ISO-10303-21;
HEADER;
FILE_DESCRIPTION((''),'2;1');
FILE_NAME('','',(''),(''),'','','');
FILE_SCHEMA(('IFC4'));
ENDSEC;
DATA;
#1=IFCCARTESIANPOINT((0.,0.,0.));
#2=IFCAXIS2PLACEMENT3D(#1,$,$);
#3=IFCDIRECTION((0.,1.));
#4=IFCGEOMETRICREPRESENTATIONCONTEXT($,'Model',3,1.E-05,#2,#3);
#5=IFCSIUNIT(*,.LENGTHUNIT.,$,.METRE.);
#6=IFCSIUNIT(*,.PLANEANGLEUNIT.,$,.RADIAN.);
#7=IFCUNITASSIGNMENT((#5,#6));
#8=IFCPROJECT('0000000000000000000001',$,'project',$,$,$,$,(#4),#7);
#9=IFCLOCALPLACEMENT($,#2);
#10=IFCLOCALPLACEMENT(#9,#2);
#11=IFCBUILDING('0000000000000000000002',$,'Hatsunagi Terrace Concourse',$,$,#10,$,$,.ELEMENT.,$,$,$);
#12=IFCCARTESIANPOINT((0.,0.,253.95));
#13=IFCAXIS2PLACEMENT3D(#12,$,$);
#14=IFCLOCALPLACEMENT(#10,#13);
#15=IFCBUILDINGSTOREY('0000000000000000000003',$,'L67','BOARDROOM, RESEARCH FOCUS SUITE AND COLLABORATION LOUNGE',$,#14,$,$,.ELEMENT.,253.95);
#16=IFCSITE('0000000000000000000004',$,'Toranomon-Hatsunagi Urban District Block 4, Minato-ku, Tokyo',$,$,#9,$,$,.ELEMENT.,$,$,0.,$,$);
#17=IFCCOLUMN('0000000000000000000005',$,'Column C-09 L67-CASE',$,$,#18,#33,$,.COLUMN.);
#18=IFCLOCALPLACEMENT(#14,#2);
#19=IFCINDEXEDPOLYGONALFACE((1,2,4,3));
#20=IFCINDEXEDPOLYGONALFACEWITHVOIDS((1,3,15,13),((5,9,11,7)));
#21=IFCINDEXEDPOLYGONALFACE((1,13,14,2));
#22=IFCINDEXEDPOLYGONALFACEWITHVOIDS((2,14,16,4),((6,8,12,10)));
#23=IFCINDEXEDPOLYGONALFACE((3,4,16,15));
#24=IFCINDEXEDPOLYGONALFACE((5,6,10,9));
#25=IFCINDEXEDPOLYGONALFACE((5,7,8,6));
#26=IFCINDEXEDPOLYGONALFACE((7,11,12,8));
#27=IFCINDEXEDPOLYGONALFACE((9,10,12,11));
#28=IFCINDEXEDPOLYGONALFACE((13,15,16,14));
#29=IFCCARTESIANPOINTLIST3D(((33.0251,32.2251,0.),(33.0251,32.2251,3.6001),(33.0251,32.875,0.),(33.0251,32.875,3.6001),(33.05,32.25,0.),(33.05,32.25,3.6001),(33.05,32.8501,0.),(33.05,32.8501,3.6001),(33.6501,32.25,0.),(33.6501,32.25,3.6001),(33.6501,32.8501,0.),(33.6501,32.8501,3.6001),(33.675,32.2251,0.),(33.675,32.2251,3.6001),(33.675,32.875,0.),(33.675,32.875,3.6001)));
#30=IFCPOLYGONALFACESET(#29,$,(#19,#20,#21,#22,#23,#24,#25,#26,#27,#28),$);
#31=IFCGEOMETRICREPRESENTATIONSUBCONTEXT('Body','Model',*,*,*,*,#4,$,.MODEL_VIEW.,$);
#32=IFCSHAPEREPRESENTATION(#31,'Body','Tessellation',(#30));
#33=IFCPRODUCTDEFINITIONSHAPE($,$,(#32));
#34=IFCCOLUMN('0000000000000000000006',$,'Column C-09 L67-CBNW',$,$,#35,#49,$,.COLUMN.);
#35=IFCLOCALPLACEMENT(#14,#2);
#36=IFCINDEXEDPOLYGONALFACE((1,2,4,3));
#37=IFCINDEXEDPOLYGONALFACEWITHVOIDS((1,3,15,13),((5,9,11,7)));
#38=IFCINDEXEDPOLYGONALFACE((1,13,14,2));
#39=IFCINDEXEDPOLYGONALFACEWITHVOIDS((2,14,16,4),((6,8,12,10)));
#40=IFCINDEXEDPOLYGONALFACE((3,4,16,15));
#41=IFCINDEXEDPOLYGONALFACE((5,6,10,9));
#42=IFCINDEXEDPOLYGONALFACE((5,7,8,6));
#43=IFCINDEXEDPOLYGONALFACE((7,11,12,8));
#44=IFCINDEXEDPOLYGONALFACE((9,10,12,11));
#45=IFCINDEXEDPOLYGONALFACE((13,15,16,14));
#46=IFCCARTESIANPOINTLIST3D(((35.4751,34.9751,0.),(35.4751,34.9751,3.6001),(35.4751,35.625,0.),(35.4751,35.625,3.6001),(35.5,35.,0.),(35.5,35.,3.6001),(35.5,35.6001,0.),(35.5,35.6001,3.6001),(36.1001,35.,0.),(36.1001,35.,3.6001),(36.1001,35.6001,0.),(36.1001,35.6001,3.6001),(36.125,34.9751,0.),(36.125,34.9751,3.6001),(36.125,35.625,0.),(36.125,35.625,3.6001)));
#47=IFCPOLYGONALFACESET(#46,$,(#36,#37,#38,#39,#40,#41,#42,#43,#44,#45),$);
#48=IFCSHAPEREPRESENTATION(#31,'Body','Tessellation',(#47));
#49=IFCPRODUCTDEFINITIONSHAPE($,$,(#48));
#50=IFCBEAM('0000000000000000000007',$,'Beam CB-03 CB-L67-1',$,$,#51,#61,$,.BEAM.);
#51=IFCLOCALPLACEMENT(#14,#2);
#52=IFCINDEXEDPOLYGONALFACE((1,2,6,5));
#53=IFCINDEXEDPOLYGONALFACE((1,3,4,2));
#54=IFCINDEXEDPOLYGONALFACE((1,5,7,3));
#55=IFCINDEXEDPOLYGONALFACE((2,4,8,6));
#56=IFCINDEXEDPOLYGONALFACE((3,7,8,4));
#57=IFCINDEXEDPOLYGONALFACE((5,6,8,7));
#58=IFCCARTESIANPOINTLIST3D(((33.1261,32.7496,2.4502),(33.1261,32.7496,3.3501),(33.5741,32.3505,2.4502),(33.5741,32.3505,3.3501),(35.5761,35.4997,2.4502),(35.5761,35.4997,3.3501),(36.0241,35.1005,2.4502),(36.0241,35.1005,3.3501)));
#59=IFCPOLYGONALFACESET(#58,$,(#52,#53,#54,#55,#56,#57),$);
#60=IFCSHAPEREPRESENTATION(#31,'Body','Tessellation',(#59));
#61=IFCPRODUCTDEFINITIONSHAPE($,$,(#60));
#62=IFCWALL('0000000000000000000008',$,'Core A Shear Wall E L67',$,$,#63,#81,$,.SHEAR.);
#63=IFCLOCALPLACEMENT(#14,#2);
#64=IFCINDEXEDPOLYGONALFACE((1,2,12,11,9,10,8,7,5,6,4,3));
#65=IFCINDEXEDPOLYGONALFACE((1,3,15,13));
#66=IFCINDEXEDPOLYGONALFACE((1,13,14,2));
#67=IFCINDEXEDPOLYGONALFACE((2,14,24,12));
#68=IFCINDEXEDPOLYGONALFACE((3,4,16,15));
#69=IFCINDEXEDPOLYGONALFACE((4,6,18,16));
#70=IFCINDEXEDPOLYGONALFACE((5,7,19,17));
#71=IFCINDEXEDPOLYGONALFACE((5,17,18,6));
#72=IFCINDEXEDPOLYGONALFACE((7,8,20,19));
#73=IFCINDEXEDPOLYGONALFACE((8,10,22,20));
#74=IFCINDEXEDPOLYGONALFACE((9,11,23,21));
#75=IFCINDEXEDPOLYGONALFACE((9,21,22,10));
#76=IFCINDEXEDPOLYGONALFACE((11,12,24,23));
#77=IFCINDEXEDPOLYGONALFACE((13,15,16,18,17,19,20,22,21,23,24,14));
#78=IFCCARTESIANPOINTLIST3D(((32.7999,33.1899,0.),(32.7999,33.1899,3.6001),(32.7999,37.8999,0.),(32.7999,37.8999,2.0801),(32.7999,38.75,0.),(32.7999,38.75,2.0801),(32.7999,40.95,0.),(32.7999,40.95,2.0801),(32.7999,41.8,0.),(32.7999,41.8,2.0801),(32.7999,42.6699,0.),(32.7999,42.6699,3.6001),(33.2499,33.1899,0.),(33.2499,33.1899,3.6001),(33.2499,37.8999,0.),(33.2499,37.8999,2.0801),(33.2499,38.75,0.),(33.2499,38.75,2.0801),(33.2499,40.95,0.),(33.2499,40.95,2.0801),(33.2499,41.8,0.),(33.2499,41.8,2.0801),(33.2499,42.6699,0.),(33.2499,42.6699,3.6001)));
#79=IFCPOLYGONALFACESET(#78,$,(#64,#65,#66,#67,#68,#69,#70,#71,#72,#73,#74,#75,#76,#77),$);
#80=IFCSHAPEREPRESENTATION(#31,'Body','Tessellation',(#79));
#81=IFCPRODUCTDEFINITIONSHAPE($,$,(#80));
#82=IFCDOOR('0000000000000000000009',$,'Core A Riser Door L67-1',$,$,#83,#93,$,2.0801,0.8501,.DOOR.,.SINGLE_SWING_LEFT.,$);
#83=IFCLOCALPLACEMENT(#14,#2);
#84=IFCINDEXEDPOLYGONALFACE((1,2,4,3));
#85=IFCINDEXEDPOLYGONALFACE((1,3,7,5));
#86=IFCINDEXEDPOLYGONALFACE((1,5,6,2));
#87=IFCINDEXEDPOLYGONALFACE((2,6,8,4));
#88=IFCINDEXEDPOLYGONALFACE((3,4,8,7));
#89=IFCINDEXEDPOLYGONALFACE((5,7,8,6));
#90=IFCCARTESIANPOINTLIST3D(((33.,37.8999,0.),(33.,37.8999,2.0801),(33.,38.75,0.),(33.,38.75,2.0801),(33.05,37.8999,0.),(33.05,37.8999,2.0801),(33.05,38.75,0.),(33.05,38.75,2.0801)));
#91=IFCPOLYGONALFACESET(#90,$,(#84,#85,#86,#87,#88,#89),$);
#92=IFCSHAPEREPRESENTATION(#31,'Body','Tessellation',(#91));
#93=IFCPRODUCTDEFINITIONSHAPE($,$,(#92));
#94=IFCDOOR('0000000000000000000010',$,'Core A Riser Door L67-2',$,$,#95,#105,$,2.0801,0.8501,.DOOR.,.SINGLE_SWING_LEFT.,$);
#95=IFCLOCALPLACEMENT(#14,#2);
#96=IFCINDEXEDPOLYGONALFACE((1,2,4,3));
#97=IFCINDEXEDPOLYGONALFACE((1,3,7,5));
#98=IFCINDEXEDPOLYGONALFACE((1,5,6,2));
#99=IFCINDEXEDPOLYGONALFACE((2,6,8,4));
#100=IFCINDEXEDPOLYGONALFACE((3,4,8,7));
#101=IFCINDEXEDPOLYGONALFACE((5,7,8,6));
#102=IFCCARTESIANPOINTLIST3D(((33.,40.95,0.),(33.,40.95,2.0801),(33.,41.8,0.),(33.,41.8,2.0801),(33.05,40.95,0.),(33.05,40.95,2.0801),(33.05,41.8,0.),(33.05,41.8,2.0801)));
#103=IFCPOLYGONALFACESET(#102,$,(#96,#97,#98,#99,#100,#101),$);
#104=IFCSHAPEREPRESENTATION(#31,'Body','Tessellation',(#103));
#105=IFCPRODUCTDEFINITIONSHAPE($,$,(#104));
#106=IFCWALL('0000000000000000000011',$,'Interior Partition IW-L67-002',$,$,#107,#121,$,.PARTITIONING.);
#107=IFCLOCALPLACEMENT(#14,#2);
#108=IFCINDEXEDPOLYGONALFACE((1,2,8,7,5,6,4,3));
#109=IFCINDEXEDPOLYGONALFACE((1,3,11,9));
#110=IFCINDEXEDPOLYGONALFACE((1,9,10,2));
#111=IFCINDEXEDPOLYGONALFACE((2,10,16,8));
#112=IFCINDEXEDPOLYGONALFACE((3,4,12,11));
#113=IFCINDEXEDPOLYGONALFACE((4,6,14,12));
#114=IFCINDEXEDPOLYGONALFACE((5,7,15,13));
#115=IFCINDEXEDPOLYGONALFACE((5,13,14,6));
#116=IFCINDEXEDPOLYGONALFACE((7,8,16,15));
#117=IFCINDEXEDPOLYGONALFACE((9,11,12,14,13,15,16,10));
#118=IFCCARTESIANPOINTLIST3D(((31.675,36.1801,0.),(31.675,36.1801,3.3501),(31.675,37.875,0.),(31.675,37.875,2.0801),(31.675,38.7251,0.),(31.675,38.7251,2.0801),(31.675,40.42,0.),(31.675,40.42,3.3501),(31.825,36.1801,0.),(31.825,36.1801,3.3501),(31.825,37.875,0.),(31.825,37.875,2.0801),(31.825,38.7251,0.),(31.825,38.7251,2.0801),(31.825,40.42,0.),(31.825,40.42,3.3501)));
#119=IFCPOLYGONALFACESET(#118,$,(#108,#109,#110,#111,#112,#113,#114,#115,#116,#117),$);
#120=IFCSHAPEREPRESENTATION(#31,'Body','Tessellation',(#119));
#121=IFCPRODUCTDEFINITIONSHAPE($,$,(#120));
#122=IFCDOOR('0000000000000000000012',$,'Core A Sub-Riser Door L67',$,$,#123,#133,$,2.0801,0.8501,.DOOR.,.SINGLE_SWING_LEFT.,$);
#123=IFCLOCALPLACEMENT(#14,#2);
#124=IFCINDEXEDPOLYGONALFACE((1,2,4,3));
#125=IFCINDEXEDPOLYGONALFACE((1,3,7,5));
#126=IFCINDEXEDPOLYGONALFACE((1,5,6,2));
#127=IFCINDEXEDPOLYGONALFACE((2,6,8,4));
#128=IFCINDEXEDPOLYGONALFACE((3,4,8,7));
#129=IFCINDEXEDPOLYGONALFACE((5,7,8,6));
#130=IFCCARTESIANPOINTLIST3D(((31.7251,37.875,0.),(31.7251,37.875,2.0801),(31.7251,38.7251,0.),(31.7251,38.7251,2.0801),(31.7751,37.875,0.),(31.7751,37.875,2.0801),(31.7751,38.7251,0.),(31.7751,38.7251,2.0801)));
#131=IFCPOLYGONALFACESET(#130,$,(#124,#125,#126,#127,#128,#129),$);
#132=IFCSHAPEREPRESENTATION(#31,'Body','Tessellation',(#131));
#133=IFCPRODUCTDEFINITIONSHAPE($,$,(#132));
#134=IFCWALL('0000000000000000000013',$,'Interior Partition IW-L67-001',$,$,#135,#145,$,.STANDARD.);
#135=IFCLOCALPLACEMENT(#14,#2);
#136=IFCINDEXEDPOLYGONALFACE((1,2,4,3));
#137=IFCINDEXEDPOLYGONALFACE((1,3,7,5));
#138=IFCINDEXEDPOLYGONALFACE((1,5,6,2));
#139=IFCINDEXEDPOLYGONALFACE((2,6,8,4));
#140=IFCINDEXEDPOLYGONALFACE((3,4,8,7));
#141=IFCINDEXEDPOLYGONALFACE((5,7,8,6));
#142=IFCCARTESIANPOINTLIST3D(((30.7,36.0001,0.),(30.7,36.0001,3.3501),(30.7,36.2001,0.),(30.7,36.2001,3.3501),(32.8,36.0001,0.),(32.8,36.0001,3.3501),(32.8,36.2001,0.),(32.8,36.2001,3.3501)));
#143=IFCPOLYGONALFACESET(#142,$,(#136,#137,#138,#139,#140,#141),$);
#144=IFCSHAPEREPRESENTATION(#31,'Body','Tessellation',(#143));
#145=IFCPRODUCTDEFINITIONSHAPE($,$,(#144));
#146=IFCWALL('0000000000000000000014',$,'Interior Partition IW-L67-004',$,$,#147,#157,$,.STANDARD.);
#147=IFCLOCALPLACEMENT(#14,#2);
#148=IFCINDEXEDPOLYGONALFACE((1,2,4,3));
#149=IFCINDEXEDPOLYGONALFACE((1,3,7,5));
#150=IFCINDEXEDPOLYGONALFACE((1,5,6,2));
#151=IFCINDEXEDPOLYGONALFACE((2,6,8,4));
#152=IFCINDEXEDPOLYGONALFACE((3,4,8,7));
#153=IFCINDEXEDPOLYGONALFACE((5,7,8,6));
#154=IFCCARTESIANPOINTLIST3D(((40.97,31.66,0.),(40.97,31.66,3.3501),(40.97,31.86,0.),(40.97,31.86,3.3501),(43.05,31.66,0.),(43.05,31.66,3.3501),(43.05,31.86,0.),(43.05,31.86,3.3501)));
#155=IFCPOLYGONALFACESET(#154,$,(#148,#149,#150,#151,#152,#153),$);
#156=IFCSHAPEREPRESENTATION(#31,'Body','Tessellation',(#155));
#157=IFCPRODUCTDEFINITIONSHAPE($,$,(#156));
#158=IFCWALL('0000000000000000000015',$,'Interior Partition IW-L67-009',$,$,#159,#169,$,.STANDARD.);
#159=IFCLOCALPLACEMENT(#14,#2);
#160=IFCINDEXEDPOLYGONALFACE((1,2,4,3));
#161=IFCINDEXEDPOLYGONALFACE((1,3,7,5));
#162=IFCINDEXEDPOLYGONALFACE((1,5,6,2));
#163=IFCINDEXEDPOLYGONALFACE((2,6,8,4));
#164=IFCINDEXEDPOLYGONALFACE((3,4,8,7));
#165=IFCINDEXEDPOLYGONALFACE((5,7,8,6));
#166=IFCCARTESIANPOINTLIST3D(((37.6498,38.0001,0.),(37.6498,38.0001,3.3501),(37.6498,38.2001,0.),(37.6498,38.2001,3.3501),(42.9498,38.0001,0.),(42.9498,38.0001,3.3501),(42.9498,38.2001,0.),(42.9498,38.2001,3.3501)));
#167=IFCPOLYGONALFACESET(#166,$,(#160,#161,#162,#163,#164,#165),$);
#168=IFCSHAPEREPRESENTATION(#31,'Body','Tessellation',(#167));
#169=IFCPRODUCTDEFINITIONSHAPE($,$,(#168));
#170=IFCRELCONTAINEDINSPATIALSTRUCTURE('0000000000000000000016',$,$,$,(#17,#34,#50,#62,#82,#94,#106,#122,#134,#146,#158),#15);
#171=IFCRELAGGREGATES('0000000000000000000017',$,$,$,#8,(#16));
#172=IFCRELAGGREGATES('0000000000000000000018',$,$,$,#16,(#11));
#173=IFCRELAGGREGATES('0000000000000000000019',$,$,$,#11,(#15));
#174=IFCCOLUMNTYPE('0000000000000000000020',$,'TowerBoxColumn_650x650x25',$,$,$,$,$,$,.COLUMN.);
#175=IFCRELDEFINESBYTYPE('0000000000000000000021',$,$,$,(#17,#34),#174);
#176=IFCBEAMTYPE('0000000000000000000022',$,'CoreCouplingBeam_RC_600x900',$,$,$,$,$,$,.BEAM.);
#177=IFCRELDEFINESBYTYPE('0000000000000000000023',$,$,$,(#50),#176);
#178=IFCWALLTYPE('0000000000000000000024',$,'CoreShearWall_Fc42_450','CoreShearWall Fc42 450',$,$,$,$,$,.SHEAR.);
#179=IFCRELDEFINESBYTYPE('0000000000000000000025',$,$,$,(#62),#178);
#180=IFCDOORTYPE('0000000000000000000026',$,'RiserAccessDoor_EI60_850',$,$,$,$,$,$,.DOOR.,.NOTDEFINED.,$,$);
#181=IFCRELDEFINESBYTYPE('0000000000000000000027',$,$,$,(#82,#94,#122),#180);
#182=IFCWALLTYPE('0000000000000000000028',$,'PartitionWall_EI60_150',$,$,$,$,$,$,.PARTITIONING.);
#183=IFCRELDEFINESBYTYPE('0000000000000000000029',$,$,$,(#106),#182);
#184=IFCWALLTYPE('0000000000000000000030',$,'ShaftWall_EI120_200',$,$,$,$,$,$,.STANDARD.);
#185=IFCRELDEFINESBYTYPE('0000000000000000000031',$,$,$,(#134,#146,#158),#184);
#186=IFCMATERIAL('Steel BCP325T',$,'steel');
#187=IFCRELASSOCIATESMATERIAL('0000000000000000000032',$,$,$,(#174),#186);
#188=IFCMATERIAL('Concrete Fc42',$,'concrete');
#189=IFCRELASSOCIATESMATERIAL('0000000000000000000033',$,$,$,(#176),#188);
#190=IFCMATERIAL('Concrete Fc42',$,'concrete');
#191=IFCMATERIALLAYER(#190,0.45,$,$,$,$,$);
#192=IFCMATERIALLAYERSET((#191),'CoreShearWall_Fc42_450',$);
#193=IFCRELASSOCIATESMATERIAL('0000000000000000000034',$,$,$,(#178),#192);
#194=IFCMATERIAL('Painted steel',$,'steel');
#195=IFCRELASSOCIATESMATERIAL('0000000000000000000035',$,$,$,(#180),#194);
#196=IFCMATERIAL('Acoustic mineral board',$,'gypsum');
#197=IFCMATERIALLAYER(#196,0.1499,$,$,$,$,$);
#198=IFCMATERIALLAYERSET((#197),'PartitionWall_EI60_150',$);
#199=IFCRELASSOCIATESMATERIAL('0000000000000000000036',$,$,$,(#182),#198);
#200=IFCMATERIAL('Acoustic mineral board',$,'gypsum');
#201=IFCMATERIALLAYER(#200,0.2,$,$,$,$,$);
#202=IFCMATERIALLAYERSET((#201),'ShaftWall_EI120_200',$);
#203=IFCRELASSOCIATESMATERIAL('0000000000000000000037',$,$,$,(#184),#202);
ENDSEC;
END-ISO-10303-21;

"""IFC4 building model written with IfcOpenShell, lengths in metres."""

from ifc_helpers import new_model, si_unit, direction, frame, frame_2d, origin, origin_2d, place, context, subcontext, project, spatial, rectangle, hollow_rectangle, extrude, material, layer, layer_set, material_profile, profile_set, type_object, element, fill, save


model = new_model("IFC4")

# Units and contexts
model_context = context("Model", 3, precision=1e-05, world=origin(), true_north=direction((0.0, 1.0)))
body_context = subcontext(model_context, "Body", "Model", "MODEL_VIEW")
ifc_project = project(units=[si_unit("LENGTHUNIT", "METRE"), si_unit("PLANEANGLEUNIT", "RADIAN")], contexts=[model_context])

# Site, building, storey
site_placement = place(None, origin())
site = spatial("IfcSite", under=ifc_project, at=site_placement, Name="Toranomon-Hatsunagi Urban District Block 4, Minato-ku, Tokyo", CompositionType="ELEMENT", RefElevation=0.0)
building_placement = place(site_placement, origin())
building = spatial("IfcBuilding", under=site, at=building_placement, Name="Hatsunagi Terrace Concourse", CompositionType="ELEMENT")
storey_placement = place(building_placement, frame((0.0, 0.0, 253.95)))
storey = spatial("IfcBuildingStorey", under=building, at=storey_placement, Name="L67", Description="BOARDROOM, RESEARCH FOCUS SUITE AND COLLABORATION LOUNGE", CompositionType="ELEMENT", Elevation=253.95)

# Columns
ifc_material_1 = material(Name="Steel BCP325T", Category="steel")
ifc_material_profile_1 = material_profile(ifc_material_1, hollow_rectangle(XDim=0.6499, YDim=0.6499, WallThickness=0.0249, at=origin_2d()), Name="BCP-650x650x25")
ifc_profile_set_1 = profile_set([ifc_material_profile_1], Name="Steel BCP325T")
column_type = type_object("IfcColumnType", Name="TowerBoxColumn_650x650x25", PredefinedType="COLUMN", material=ifc_profile_set_1)
for number, where, z_axis, x_axis, name in (
    (1, (33.3501, 32.55, 0.0), (0.0, 0.0, 1.0), (1.0, 0.0, 0.0), "Column C-09 L67-CASE"),
    (2, (35.8, 35.3, 0.0), (0.0, 0.0, 1.0), (1.0, 0.0, 0.0), "Column C-09 L67-CBNW"),
):
    element("IfcColumn", number, at=place(storey_placement, frame(where, z_axis=z_axis, x_axis=x_axis)), inside=storey, type_object=column_type, Name=name, PredefinedType="COLUMN", context=body_context, shape_type="SweptSolid", body=[
        extrude(hollow_rectangle(XDim=0.6499, YDim=0.6499, WallThickness=0.0249, at=origin_2d()), origin(), (0.0, 0.0, 1.0), 3.6001),
    ])

# Beam
ifc_material_2 = material(Name="Concrete Fc42", Category="concrete")
ifc_material_profile_2 = material_profile(ifc_material_2, rectangle(XDim=0.6001, YDim=0.8999, at=origin_2d()), Name="RC-600x900")
ifc_profile_set_2 = profile_set([ifc_material_profile_2], Name="Concrete Fc42")
beam_type = type_object("IfcBeamType", Name="CoreCouplingBeam_RC_600x900", PredefinedType="BEAM", material=ifc_profile_set_2)
beam_placement = place(storey_placement, frame((33.3501, 32.55, 2.9001), z_axis=(0.665199, 0.746666, 0.0), x_axis=(-0.746666, 0.665199, 0.0)))
element("IfcBeam", 3, at=beam_placement, inside=storey, type_object=beam_type, Name="Beam CB-03 CB-L67-1", PredefinedType="BEAM", context=body_context, shape_type="SweptSolid", body=[
    extrude(rectangle(XDim=0.6001, YDim=0.8999, at=origin_2d()), origin(), (0.0, 0.0, 1.0), 3.6831),
])

# Wall, openings, doors
ifc_material_3 = material(Name="Concrete Fc42", Category="concrete")
ifc_layer_1 = layer(ifc_material_3, 0.45)
ifc_layer_set_1 = layer_set([ifc_layer_1], Name="CoreShearWall_Fc42_450")
wall_type_1 = type_object("IfcWallType", Name="CoreShearWall_Fc42_450", Description="CoreShearWall Fc42 450", PredefinedType="SHEAR", material=ifc_layer_set_1)
wall_1_placement = place(storey_placement, frame((33.0249, 33.1899, 0.0), z_axis=(0.0, 0.0, 1.0), x_axis=(0.0, 1.0, 0.0)))
wall_1 = element("IfcWall", 4, at=wall_1_placement, inside=storey, type_object=wall_type_1, Name="Core A Shear Wall E L67", PredefinedType="SHEAR", context=body_context, shape_type="SweptSolid", body=[
    extrude(rectangle(XDim=9.48, YDim=0.45, at=frame_2d((4.74, 0.0))), origin(), (0.0, 0.0, 1.0), 3.6001),
])
opening_1_placement = place(wall_1_placement, frame((4.71, 0.0, 0.0)))
opening_1 = element("IfcOpeningElement", 5, at=opening_1_placement, cuts=wall_1, PredefinedType="OPENING", context=body_context, shape_type="SweptSolid", body=[
    extrude(rectangle(XDim=0.8501, YDim=2.0801, at=frame_2d((0.425, 1.04))), frame((0.0, 0.2349, 0.0), z_axis=(0.0, -1.0, 0.0), x_axis=(1.0, 0.0, 0.0)), (0.0, 0.0, 1.0), 0.47),
])
opening_2_placement = place(wall_1_placement, frame((7.76, 0.0, 0.0)))
opening_2 = element("IfcOpeningElement", 6, at=opening_2_placement, cuts=wall_1, PredefinedType="OPENING", context=body_context, shape_type="SweptSolid", body=[
    extrude(rectangle(XDim=0.8501, YDim=2.0801, at=frame_2d((0.425, 1.04))), frame((0.0, 0.2349, 0.0), z_axis=(0.0, -1.0, 0.0), x_axis=(1.0, 0.0, 0.0)), (0.0, 0.0, 1.0), 0.47),
])
ifc_material_4 = material(Name="Painted steel", Category="steel")
door_type_1 = type_object("IfcDoorType", Name="RiserAccessDoor_EI60_850", OperationType="NOTDEFINED", PredefinedType="DOOR", material=ifc_material_4)
door_1_placement = place(opening_1_placement, origin())
door_1 = element("IfcDoor", 7, at=door_1_placement, inside=storey, type_object=door_type_1, Name="Core A Riser Door L67-1", OperationType="SINGLE_SWING_LEFT", OverallHeight=2.0801, OverallWidth=0.8501, PredefinedType="DOOR", context=body_context, shape_type="SweptSolid", body=[
    extrude(rectangle(XDim=0.8501, YDim=2.0801, at=frame_2d((0.425, 1.04))), frame((0.0, 0.0249, 0.0), z_axis=(0.0, -1.0, 0.0), x_axis=(1.0, 0.0, 0.0)), (0.0, 0.0, 1.0), 0.05),
])
fill(opening_1, door_1)
door_2_placement = place(opening_2_placement, origin())
door_2 = element("IfcDoor", 8, at=door_2_placement, inside=storey, type_object=door_type_1, Name="Core A Riser Door L67-2", OperationType="SINGLE_SWING_LEFT", OverallHeight=2.0801, OverallWidth=0.8501, PredefinedType="DOOR", context=body_context, shape_type="SweptSolid", body=[
    extrude(rectangle(XDim=0.8501, YDim=2.0801, at=frame_2d((0.425, 1.04))), frame((0.0, 0.0249, 0.0), z_axis=(0.0, -1.0, 0.0), x_axis=(1.0, 0.0, 0.0)), (0.0, 0.0, 1.0), 0.05),
])
fill(opening_2, door_2)

# Wall, opening, door
ifc_material_5 = material(Name="Acoustic mineral board", Category="gypsum")
ifc_layer_2 = layer(ifc_material_5, 0.1499)
ifc_layer_set_2 = layer_set([ifc_layer_2], Name="PartitionWall_EI60_150")
wall_type_2 = type_object("IfcWallType", Name="PartitionWall_EI60_150", PredefinedType="PARTITIONING", material=ifc_layer_set_2)
wall_2_placement = place(storey_placement, frame((31.75, 36.1799, 0.0), z_axis=(0.0, 0.0, 1.0), x_axis=(0.0, 1.0, 0.0)))
wall_2 = element("IfcWall", 9, at=wall_2_placement, inside=storey, type_object=wall_type_2, Name="Interior Partition IW-L67-002", PredefinedType="PARTITIONING", context=body_context, shape_type="SweptSolid", body=[
    extrude(rectangle(XDim=4.24, YDim=0.1499, at=frame_2d((2.1201, 0.0))), origin(), (0.0, 0.0, 1.0), 3.3501),
])
opening_3_placement = place(wall_2_placement, frame((1.6951, 0.0, 0.0)))
opening_3 = element("IfcOpeningElement", 10, at=opening_3_placement, cuts=wall_2, PredefinedType="OPENING", context=body_context, shape_type="SweptSolid", body=[
    extrude(rectangle(XDim=0.8501, YDim=2.0801, at=frame_2d((0.425, 1.04))), frame((0.0, 0.085, 0.0), z_axis=(0.0, -1.0, 0.0), x_axis=(1.0, 0.0, 0.0)), (0.0, 0.0, 1.0), 0.1699),
])
door_3_placement = place(opening_3_placement, origin())
door_3 = element("IfcDoor", 11, at=door_3_placement, inside=storey, type_object=door_type_1, Name="Core A Sub-Riser Door L67", OperationType="SINGLE_SWING_LEFT", OverallHeight=2.0801, OverallWidth=0.8501, PredefinedType="DOOR", context=body_context, shape_type="SweptSolid", body=[
    extrude(rectangle(XDim=0.8501, YDim=2.0801, at=frame_2d((0.425, 1.04))), frame((0.0, 0.0249, 0.0), z_axis=(0.0, -1.0, 0.0), x_axis=(1.0, 0.0, 0.0)), (0.0, 0.0, 1.0), 0.05),
])
fill(opening_3, door_3)

# Walls
ifc_material_6 = material(Name="Acoustic mineral board", Category="gypsum")
ifc_layer_3 = layer(ifc_material_6, 0.2)
ifc_layer_set_3 = layer_set([ifc_layer_3], Name="ShaftWall_EI120_200")
wall_type_3 = type_object("IfcWallType", Name="ShaftWall_EI120_200", PredefinedType="STANDARD", material=ifc_layer_set_3)
wall_3_placement = place(storey_placement, frame((30.7, 36.1001, 0.0), z_axis=(0.0, 0.0, 1.0), x_axis=(1.0, 0.0, 0.0)))
element("IfcWall", 12, at=wall_3_placement, inside=storey, type_object=wall_type_3, Name="Interior Partition IW-L67-001", PredefinedType="STANDARD", context=body_context, shape_type="SweptSolid", body=[
    extrude(rectangle(XDim=2.1001, YDim=0.2, at=frame_2d((1.05, 0.0))), origin(), (0.0, 0.0, 1.0), 3.3501),
])
wall_4_placement = place(storey_placement, frame((40.97, 31.76, 0.0), z_axis=(0.0, 0.0, 1.0), x_axis=(1.0, 0.0, 0.0)))
element("IfcWall", 13, at=wall_4_placement, inside=storey, type_object=wall_type_3, Name="Interior Partition IW-L67-004", PredefinedType="STANDARD", context=body_context, shape_type="SweptSolid", body=[
    extrude(rectangle(XDim=2.0801, YDim=0.2, at=frame_2d((1.04, 0.0))), origin(), (0.0, 0.0, 1.0), 3.3501),
])
wall_5_placement = place(storey_placement, frame((37.6499, 38.1001, 0.0), z_axis=(0.0, 0.0, 1.0), x_axis=(1.0, 0.0, 0.0)))
element("IfcWall", 14, at=wall_5_placement, inside=storey, type_object=wall_type_3, Name="Interior Partition IW-L67-009", PredefinedType="STANDARD", context=body_context, shape_type="SweptSolid", body=[
    extrude(rectangle(XDim=5.3, YDim=0.2, at=frame_2d((2.6499, 0.0))), origin(), (0.0, 0.0, 1.0), 3.3501),
])

save(model, "model.ifc")
